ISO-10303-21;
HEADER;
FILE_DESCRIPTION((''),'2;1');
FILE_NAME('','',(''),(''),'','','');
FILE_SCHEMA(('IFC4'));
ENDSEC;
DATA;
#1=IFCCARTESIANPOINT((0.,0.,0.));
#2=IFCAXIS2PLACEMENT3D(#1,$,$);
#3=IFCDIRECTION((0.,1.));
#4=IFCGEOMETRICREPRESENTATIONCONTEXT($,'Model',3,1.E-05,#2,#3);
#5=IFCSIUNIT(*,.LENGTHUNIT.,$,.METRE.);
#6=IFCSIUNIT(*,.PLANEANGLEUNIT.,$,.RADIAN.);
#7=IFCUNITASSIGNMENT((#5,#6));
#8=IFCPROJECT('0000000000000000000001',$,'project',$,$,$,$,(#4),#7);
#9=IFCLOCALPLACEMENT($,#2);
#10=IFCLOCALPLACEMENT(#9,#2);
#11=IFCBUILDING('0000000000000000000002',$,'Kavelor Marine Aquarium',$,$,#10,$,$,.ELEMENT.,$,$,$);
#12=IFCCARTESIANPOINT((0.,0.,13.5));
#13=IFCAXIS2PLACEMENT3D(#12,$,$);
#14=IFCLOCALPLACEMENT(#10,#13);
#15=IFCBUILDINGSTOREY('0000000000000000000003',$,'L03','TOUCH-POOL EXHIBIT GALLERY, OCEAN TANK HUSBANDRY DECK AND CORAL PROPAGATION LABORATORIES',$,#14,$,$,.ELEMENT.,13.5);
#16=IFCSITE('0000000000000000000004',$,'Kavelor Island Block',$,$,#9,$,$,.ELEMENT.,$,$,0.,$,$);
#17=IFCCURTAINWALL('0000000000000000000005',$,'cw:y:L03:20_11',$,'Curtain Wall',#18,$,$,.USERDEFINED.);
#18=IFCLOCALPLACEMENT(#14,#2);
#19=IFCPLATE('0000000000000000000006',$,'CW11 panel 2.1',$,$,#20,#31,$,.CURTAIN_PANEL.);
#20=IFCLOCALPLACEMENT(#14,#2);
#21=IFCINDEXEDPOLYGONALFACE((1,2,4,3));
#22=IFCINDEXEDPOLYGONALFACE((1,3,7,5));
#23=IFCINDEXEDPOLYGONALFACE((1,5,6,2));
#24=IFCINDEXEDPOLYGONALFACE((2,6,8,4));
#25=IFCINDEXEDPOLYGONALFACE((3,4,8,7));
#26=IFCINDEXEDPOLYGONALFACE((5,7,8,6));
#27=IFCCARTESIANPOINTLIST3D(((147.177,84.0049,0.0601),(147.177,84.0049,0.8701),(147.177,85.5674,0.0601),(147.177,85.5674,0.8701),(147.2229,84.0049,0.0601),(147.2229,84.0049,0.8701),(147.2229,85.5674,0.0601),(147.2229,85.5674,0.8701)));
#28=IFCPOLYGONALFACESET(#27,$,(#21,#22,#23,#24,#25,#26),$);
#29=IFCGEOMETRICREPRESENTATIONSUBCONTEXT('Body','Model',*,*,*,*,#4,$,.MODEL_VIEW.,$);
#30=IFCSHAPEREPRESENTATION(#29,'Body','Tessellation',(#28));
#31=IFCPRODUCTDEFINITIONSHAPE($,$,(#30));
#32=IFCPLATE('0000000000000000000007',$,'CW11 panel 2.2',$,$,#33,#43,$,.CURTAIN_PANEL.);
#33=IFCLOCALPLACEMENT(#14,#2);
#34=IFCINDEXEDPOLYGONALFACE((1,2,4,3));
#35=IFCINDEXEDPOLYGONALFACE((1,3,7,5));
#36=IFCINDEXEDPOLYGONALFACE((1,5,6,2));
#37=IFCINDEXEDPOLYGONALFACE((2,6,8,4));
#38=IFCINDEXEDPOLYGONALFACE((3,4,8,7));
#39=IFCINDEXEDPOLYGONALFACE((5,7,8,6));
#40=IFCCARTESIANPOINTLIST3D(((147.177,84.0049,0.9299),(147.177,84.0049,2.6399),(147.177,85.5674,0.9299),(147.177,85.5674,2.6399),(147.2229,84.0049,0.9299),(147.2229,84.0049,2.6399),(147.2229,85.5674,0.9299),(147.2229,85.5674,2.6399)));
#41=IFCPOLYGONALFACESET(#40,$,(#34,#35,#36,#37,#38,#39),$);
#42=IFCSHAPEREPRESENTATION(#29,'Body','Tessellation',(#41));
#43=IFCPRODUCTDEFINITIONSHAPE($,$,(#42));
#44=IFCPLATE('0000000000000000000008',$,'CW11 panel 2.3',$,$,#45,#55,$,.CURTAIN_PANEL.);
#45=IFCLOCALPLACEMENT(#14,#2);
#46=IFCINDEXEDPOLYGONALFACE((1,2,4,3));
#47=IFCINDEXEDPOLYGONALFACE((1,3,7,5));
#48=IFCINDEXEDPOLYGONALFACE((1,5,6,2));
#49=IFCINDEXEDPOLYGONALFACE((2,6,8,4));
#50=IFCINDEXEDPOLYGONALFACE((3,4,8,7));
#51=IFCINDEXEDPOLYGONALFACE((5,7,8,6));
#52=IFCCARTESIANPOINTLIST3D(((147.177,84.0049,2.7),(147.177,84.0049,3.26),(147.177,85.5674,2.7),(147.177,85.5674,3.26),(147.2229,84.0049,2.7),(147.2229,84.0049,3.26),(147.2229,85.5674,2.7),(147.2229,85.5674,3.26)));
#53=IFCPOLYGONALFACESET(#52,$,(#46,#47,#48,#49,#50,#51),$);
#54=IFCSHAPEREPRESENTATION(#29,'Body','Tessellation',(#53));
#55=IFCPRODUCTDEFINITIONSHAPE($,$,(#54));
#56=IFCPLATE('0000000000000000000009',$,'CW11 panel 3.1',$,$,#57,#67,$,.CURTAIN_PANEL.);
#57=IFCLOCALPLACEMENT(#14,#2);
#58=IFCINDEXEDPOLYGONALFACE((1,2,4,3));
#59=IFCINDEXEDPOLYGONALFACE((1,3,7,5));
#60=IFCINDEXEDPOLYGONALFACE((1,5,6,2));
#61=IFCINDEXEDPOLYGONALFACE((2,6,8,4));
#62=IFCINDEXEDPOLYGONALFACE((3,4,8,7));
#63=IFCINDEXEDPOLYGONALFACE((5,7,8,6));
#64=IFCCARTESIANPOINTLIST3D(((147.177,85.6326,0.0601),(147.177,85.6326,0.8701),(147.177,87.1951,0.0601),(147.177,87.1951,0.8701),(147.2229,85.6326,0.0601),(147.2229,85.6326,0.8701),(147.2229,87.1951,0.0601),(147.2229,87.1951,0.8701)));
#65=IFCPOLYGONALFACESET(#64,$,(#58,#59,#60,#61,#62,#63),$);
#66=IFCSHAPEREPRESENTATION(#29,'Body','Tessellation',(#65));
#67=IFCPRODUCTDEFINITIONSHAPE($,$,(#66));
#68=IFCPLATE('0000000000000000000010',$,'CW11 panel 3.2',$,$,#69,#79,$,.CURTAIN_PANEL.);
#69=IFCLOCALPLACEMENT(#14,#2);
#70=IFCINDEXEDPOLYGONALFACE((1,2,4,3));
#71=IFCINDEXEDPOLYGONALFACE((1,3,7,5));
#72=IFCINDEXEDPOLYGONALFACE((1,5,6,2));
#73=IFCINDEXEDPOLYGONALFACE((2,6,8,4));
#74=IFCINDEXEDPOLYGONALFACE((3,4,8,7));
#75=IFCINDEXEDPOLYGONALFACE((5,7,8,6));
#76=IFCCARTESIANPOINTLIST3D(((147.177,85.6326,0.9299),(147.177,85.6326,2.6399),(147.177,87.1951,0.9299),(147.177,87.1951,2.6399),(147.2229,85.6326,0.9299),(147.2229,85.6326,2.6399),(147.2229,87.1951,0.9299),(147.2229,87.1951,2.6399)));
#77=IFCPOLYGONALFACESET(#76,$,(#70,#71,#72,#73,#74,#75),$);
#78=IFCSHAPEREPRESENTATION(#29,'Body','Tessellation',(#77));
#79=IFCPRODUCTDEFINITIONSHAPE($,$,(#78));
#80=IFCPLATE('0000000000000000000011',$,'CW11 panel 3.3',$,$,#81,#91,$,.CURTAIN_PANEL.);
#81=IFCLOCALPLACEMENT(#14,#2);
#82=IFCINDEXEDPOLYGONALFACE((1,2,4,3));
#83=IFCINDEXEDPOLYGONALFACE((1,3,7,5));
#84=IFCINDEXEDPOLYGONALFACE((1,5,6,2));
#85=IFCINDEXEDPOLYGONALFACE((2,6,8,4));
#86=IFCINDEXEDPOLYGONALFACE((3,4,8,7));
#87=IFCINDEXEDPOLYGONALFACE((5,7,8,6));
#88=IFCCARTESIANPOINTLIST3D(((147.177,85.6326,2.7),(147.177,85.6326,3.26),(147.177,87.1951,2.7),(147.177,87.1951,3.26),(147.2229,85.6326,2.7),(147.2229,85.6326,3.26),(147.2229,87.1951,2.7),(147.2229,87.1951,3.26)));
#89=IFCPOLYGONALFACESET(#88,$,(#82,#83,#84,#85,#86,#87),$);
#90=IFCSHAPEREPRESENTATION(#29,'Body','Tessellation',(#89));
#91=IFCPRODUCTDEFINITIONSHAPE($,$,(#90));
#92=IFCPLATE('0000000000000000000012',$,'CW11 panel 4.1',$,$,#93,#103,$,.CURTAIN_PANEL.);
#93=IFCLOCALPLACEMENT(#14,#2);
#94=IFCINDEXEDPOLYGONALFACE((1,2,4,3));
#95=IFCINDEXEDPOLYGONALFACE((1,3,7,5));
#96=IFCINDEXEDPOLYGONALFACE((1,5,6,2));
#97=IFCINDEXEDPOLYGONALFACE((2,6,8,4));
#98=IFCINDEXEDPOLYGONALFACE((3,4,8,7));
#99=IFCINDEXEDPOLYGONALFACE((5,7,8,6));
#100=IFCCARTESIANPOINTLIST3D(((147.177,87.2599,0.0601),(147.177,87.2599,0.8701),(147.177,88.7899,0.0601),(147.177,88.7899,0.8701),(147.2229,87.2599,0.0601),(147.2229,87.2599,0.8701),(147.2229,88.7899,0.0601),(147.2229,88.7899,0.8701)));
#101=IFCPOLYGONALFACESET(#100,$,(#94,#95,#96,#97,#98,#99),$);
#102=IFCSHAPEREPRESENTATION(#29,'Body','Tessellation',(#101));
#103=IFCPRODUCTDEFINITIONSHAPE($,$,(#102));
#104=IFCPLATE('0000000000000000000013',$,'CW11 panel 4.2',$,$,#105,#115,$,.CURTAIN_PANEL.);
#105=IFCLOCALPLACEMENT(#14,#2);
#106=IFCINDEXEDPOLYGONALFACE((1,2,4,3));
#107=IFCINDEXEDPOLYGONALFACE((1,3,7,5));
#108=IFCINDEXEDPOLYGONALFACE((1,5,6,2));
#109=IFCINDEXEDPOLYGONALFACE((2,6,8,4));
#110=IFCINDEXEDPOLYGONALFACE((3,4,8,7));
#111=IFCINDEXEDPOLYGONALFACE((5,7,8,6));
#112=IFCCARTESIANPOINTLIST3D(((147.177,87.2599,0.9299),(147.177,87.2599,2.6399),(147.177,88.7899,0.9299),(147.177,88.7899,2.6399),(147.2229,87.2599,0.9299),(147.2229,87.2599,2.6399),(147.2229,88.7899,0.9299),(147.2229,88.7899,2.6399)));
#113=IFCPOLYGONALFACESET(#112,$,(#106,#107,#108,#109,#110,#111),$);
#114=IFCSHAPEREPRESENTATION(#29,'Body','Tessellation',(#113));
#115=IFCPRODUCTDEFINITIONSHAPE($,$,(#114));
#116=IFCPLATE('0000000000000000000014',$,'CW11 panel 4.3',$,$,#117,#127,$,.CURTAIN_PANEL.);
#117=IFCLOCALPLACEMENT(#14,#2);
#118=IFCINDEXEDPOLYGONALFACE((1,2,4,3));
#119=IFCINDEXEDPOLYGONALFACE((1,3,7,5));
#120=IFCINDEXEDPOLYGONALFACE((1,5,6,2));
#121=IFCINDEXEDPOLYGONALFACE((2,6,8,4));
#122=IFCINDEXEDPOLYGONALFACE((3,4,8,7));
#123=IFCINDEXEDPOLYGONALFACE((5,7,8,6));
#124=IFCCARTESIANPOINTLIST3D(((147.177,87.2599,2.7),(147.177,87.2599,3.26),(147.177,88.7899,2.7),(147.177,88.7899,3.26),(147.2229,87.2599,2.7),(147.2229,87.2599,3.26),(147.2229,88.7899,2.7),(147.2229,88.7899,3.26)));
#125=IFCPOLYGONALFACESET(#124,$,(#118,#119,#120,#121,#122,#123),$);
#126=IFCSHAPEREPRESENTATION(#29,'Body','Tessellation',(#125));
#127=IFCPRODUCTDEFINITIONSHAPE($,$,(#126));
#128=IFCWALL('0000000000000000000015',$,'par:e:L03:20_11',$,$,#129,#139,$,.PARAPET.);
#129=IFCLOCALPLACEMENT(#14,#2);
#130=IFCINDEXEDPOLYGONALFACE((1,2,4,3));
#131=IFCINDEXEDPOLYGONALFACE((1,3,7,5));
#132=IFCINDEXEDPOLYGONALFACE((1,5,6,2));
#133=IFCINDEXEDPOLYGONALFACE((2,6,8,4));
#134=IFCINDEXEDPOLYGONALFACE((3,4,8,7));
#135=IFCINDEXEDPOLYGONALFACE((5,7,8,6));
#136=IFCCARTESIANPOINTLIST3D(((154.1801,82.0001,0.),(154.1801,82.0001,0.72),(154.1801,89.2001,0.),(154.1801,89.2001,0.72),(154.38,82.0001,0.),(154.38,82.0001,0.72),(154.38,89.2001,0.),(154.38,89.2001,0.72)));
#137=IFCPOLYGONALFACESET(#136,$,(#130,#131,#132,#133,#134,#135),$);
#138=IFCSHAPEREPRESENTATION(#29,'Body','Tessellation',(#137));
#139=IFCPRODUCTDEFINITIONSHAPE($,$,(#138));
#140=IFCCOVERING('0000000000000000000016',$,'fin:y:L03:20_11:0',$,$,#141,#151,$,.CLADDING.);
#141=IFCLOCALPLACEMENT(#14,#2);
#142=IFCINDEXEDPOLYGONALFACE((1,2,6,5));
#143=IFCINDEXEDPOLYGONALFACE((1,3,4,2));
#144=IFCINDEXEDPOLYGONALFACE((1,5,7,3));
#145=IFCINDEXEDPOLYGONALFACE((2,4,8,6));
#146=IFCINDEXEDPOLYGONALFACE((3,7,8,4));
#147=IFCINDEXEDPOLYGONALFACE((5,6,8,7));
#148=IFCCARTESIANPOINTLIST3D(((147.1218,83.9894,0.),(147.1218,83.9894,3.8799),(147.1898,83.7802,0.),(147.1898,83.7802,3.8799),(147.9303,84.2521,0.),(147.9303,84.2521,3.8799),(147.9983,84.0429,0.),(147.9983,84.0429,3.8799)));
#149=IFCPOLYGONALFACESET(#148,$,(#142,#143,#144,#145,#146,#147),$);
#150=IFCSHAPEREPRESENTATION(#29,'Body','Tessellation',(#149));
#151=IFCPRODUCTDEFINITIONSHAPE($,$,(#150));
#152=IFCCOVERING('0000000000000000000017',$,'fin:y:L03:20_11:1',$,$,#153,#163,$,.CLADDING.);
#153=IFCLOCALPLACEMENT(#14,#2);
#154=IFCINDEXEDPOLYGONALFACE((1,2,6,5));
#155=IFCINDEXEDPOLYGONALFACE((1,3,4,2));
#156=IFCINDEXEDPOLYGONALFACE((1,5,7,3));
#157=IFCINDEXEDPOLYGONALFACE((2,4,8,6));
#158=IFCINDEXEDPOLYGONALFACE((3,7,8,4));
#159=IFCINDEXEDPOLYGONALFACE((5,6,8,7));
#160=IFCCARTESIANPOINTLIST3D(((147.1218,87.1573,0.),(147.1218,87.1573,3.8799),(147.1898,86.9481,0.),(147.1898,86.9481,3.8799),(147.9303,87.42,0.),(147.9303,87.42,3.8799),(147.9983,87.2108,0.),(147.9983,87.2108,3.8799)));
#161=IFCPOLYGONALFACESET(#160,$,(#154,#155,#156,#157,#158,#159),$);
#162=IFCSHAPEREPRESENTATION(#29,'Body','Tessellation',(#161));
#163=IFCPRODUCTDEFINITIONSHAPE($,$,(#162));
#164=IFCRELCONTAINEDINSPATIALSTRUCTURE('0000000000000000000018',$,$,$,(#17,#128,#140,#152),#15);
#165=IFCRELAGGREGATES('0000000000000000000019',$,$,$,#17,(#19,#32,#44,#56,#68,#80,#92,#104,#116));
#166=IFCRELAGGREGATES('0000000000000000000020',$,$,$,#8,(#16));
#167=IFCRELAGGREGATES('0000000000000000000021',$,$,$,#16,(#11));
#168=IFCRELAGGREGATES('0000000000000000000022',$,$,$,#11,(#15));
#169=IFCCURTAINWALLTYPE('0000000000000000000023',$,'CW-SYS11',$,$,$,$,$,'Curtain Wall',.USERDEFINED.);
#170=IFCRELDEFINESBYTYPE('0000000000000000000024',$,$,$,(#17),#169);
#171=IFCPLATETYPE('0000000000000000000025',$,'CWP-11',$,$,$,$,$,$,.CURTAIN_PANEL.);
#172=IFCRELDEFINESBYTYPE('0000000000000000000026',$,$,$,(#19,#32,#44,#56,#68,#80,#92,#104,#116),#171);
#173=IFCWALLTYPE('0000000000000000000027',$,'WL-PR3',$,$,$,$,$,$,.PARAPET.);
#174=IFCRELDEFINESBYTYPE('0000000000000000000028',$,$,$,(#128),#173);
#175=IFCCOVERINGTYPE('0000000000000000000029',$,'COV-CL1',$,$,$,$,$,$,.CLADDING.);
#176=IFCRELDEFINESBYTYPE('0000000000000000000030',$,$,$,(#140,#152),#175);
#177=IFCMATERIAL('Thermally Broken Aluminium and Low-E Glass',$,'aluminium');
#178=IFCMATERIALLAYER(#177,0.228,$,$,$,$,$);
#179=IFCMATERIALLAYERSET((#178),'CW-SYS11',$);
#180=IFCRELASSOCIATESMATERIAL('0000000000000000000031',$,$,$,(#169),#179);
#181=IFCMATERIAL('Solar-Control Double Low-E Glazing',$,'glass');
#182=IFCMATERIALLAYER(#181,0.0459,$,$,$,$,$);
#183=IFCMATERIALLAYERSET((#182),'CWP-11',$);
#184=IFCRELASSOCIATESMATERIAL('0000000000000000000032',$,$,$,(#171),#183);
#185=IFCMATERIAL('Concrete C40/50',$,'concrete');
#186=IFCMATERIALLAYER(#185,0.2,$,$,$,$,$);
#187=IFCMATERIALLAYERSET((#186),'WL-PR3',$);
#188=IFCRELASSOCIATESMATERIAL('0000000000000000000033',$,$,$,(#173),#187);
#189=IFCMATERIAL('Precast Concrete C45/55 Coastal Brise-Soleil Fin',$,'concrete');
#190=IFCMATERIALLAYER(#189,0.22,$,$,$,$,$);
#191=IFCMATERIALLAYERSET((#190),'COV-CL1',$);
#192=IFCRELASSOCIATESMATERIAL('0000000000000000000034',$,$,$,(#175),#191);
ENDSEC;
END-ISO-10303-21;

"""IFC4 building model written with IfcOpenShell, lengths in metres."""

from ifc_helpers import new_model, si_unit, direction, frame, frame_2d, origin, origin_2d, place, context, subcontext, project, spatial, rectangle, extrude, material, layer, layer_set, type_object, element, aggregate, save


model = new_model("IFC4")

# Units and contexts
model_context = context("Model", 3, precision=1e-05, world=origin(), true_north=direction((0.0, 1.0)))
body_context = subcontext(model_context, "Body", "Model", "MODEL_VIEW")
ifc_project = project(units=[si_unit("LENGTHUNIT", "METRE"), si_unit("PLANEANGLEUNIT", "RADIAN")], contexts=[model_context])

# Site, building, storey
site_placement = place(None, origin())
site = spatial("IfcSite", under=ifc_project, at=site_placement, Name="Kavelor Island Block", CompositionType="ELEMENT", RefElevation=0.0)
building_placement = place(site_placement, origin())
building = spatial("IfcBuilding", under=site, at=building_placement, Name="Kavelor Marine Aquarium", CompositionType="ELEMENT")
storey_placement = place(building_placement, frame((0.0, 0.0, 13.5)))
storey = spatial("IfcBuildingStorey", under=building, at=storey_placement, Name="L03", Description="TOUCH-POOL EXHIBIT GALLERY, OCEAN TANK HUSBANDRY DECK AND CORAL PROPAGATION LABORATORIES", CompositionType="ELEMENT", Elevation=13.5)

# Curtain wall
ifc_material_1 = material(Name="Thermally Broken Aluminium and Low-E Glass", Category="aluminium")
ifc_layer_1 = layer(ifc_material_1, 0.228)
ifc_layer_set_1 = layer_set([ifc_layer_1], Name="CW-SYS11")
curtain_wall_type_1 = type_object("IfcCurtainWallType", Name="CW-SYS11", ElementType="Curtain Wall", PredefinedType="USERDEFINED", material=ifc_layer_set_1)
curtain_wall_1_placement = place(storey_placement, origin())
curtain_wall_1 = element("IfcCurtainWall", 1, at=curtain_wall_1_placement, inside=storey, type_object=curtain_wall_type_1, Name="cw:y:L03:20_11", ObjectType="Curtain Wall", PredefinedType="USERDEFINED")

# Plates
ifc_material_2 = material(Name="Solar-Control Double Low-E Glazing", Category="glass")
ifc_layer_2 = layer(ifc_material_2, 0.0459)
ifc_layer_set_2 = layer_set([ifc_layer_2], Name="CWP-11")
plate_type_1 = type_object("IfcPlateType", Name="CWP-11", PredefinedType="CURTAIN_PANEL", material=ifc_layer_set_2)
plate_1_placement = place(storey_placement, frame((147.2, 84.7861, 0.0601), z_axis=(0.0, 0.0, 1.0), x_axis=(0.0, 1.0, 0.0)))
plate_1 = element("IfcPlate", 2, at=plate_1_placement, type_object=plate_type_1, Name="CW11 panel 2.1", PredefinedType="CURTAIN_PANEL", context=body_context, shape_type="SweptSolid", body=[
    extrude(rectangle(XDim=1.5625, YDim=0.0459, at=origin_2d()), origin(), (0.0, 0.0, 1.0), 0.8101),
])
plate_2_placement = place(storey_placement, frame((147.2, 84.7861, 0.9299), z_axis=(0.0, 0.0, 1.0), x_axis=(0.0, 1.0, 0.0)))
plate_2 = element("IfcPlate", 3, at=plate_2_placement, type_object=plate_type_1, Name="CW11 panel 2.2", PredefinedType="CURTAIN_PANEL", context=body_context, shape_type="SweptSolid", body=[
    extrude(rectangle(XDim=1.5625, YDim=0.0459, at=origin_2d()), origin(), (0.0, 0.0, 1.0), 1.71),
])
plate_3_placement = place(storey_placement, frame((147.2, 84.7861, 2.7), z_axis=(0.0, 0.0, 1.0), x_axis=(0.0, 1.0, 0.0)))
plate_3 = element("IfcPlate", 4, at=plate_3_placement, type_object=plate_type_1, Name="CW11 panel 2.3", PredefinedType="CURTAIN_PANEL", context=body_context, shape_type="SweptSolid", body=[
    extrude(rectangle(XDim=1.5625, YDim=0.0459, at=origin_2d()), origin(), (0.0, 0.0, 1.0), 0.5601),
])
plate_4_placement = place(storey_placement, frame((147.2, 86.4138, 0.0601), z_axis=(0.0, 0.0, 1.0), x_axis=(0.0, 1.0, 0.0)))
plate_4 = element("IfcPlate", 5, at=plate_4_placement, type_object=plate_type_1, Name="CW11 panel 3.1", PredefinedType="CURTAIN_PANEL", context=body_context, shape_type="SweptSolid", body=[
    extrude(rectangle(XDim=1.5625, YDim=0.0459, at=origin_2d()), origin(), (0.0, 0.0, 1.0), 0.8101),
])
plate_5_placement = place(storey_placement, frame((147.2, 86.4138, 0.9299), z_axis=(0.0, 0.0, 1.0), x_axis=(0.0, 1.0, 0.0)))
plate_5 = element("IfcPlate", 6, at=plate_5_placement, type_object=plate_type_1, Name="CW11 panel 3.2", PredefinedType="CURTAIN_PANEL", context=body_context, shape_type="SweptSolid", body=[
    extrude(rectangle(XDim=1.5625, YDim=0.0459, at=origin_2d()), origin(), (0.0, 0.0, 1.0), 1.71),
])
plate_6_placement = place(storey_placement, frame((147.2, 86.4138, 2.7), z_axis=(0.0, 0.0, 1.0), x_axis=(0.0, 1.0, 0.0)))
plate_6 = element("IfcPlate", 7, at=plate_6_placement, type_object=plate_type_1, Name="CW11 panel 3.3", PredefinedType="CURTAIN_PANEL", context=body_context, shape_type="SweptSolid", body=[
    extrude(rectangle(XDim=1.5625, YDim=0.0459, at=origin_2d()), origin(), (0.0, 0.0, 1.0), 0.5601),
])
plate_7_placement = place(storey_placement, frame((147.2, 88.0249, 0.0601), z_axis=(0.0, 0.0, 1.0), x_axis=(0.0, 1.0, 0.0)))
plate_7 = element("IfcPlate", 8, at=plate_7_placement, type_object=plate_type_1, Name="CW11 panel 4.1", PredefinedType="CURTAIN_PANEL", context=body_context, shape_type="SweptSolid", body=[
    extrude(rectangle(XDim=1.53, YDim=0.0459, at=origin_2d()), origin(), (0.0, 0.0, 1.0), 0.8101),
])
plate_8_placement = place(storey_placement, frame((147.2, 88.0249, 0.9299), z_axis=(0.0, 0.0, 1.0), x_axis=(0.0, 1.0, 0.0)))
plate_8 = element("IfcPlate", 9, at=plate_8_placement, type_object=plate_type_1, Name="CW11 panel 4.2", PredefinedType="CURTAIN_PANEL", context=body_context, shape_type="SweptSolid", body=[
    extrude(rectangle(XDim=1.53, YDim=0.0459, at=origin_2d()), origin(), (0.0, 0.0, 1.0), 1.71),
])
plate_9_placement = place(storey_placement, frame((147.2, 88.0249, 2.7), z_axis=(0.0, 0.0, 1.0), x_axis=(0.0, 1.0, 0.0)))
plate_9 = element("IfcPlate", 10, at=plate_9_placement, type_object=plate_type_1, Name="CW11 panel 4.3", PredefinedType="CURTAIN_PANEL", context=body_context, shape_type="SweptSolid", body=[
    extrude(rectangle(XDim=1.53, YDim=0.0459, at=origin_2d()), origin(), (0.0, 0.0, 1.0), 0.5601),
])
aggregate(curtain_wall_1, [plate_1, plate_2, plate_3, plate_4, plate_5, plate_6, plate_7, plate_8, plate_9])

# Wall
ifc_material_3 = material(Name="Concrete C40/50", Category="concrete")
ifc_layer_3 = layer(ifc_material_3, 0.2)
ifc_layer_set_3 = layer_set([ifc_layer_3], Name="WL-PR3")
wall_type = type_object("IfcWallType", Name="WL-PR3", PredefinedType="PARAPET", material=ifc_layer_set_3)
wall_placement = place(storey_placement, frame((154.28, 82.0, 0.0), z_axis=(0.0, 0.0, 1.0), x_axis=(0.0, 1.0, 0.0)))
element("IfcWall", 11, at=wall_placement, inside=storey, type_object=wall_type, Name="par:e:L03:20_11", PredefinedType="PARAPET", context=body_context, shape_type="SweptSolid", body=[
    extrude(rectangle(XDim=7.2, YDim=0.2, at=frame_2d((3.6001, 0.0))), origin(), (0.0, 0.0, 1.0), 0.72),
])

# Coverings
ifc_material_4 = material(Name="Precast Concrete C45/55 Coastal Brise-Soleil Fin", Category="concrete")
ifc_layer_4 = layer(ifc_material_4, 0.22)
ifc_layer_set_4 = layer_set([ifc_layer_4], Name="COV-CL1")
covering_type = type_object("IfcCoveringType", Name="COV-CL1", PredefinedType="CLADDING", material=ifc_layer_set_4)
for number, where, z_axis, x_axis, name in (
    (12, (147.5601, 84.0161, 0.0), (0.0, 0.0, 1.0), (0.951057, 0.309017, 0.0), "fin:y:L03:20_11:0"),
    (13, (147.5601, 87.1841, 0.0), (0.0, 0.0, 1.0), (0.951057, 0.309017, 0.0), "fin:y:L03:20_11:1"),
):
    element("IfcCovering", number, at=place(storey_placement, frame(where, z_axis=z_axis, x_axis=x_axis)), inside=storey, type_object=covering_type, Name=name, PredefinedType="CLADDING", context=body_context, shape_type="SweptSolid", body=[
        extrude(rectangle(XDim=0.8501, YDim=0.22, at=origin_2d()), origin(), (0.0, 0.0, 1.0), 3.8799),
    ])

save(model, "model.ifc")
